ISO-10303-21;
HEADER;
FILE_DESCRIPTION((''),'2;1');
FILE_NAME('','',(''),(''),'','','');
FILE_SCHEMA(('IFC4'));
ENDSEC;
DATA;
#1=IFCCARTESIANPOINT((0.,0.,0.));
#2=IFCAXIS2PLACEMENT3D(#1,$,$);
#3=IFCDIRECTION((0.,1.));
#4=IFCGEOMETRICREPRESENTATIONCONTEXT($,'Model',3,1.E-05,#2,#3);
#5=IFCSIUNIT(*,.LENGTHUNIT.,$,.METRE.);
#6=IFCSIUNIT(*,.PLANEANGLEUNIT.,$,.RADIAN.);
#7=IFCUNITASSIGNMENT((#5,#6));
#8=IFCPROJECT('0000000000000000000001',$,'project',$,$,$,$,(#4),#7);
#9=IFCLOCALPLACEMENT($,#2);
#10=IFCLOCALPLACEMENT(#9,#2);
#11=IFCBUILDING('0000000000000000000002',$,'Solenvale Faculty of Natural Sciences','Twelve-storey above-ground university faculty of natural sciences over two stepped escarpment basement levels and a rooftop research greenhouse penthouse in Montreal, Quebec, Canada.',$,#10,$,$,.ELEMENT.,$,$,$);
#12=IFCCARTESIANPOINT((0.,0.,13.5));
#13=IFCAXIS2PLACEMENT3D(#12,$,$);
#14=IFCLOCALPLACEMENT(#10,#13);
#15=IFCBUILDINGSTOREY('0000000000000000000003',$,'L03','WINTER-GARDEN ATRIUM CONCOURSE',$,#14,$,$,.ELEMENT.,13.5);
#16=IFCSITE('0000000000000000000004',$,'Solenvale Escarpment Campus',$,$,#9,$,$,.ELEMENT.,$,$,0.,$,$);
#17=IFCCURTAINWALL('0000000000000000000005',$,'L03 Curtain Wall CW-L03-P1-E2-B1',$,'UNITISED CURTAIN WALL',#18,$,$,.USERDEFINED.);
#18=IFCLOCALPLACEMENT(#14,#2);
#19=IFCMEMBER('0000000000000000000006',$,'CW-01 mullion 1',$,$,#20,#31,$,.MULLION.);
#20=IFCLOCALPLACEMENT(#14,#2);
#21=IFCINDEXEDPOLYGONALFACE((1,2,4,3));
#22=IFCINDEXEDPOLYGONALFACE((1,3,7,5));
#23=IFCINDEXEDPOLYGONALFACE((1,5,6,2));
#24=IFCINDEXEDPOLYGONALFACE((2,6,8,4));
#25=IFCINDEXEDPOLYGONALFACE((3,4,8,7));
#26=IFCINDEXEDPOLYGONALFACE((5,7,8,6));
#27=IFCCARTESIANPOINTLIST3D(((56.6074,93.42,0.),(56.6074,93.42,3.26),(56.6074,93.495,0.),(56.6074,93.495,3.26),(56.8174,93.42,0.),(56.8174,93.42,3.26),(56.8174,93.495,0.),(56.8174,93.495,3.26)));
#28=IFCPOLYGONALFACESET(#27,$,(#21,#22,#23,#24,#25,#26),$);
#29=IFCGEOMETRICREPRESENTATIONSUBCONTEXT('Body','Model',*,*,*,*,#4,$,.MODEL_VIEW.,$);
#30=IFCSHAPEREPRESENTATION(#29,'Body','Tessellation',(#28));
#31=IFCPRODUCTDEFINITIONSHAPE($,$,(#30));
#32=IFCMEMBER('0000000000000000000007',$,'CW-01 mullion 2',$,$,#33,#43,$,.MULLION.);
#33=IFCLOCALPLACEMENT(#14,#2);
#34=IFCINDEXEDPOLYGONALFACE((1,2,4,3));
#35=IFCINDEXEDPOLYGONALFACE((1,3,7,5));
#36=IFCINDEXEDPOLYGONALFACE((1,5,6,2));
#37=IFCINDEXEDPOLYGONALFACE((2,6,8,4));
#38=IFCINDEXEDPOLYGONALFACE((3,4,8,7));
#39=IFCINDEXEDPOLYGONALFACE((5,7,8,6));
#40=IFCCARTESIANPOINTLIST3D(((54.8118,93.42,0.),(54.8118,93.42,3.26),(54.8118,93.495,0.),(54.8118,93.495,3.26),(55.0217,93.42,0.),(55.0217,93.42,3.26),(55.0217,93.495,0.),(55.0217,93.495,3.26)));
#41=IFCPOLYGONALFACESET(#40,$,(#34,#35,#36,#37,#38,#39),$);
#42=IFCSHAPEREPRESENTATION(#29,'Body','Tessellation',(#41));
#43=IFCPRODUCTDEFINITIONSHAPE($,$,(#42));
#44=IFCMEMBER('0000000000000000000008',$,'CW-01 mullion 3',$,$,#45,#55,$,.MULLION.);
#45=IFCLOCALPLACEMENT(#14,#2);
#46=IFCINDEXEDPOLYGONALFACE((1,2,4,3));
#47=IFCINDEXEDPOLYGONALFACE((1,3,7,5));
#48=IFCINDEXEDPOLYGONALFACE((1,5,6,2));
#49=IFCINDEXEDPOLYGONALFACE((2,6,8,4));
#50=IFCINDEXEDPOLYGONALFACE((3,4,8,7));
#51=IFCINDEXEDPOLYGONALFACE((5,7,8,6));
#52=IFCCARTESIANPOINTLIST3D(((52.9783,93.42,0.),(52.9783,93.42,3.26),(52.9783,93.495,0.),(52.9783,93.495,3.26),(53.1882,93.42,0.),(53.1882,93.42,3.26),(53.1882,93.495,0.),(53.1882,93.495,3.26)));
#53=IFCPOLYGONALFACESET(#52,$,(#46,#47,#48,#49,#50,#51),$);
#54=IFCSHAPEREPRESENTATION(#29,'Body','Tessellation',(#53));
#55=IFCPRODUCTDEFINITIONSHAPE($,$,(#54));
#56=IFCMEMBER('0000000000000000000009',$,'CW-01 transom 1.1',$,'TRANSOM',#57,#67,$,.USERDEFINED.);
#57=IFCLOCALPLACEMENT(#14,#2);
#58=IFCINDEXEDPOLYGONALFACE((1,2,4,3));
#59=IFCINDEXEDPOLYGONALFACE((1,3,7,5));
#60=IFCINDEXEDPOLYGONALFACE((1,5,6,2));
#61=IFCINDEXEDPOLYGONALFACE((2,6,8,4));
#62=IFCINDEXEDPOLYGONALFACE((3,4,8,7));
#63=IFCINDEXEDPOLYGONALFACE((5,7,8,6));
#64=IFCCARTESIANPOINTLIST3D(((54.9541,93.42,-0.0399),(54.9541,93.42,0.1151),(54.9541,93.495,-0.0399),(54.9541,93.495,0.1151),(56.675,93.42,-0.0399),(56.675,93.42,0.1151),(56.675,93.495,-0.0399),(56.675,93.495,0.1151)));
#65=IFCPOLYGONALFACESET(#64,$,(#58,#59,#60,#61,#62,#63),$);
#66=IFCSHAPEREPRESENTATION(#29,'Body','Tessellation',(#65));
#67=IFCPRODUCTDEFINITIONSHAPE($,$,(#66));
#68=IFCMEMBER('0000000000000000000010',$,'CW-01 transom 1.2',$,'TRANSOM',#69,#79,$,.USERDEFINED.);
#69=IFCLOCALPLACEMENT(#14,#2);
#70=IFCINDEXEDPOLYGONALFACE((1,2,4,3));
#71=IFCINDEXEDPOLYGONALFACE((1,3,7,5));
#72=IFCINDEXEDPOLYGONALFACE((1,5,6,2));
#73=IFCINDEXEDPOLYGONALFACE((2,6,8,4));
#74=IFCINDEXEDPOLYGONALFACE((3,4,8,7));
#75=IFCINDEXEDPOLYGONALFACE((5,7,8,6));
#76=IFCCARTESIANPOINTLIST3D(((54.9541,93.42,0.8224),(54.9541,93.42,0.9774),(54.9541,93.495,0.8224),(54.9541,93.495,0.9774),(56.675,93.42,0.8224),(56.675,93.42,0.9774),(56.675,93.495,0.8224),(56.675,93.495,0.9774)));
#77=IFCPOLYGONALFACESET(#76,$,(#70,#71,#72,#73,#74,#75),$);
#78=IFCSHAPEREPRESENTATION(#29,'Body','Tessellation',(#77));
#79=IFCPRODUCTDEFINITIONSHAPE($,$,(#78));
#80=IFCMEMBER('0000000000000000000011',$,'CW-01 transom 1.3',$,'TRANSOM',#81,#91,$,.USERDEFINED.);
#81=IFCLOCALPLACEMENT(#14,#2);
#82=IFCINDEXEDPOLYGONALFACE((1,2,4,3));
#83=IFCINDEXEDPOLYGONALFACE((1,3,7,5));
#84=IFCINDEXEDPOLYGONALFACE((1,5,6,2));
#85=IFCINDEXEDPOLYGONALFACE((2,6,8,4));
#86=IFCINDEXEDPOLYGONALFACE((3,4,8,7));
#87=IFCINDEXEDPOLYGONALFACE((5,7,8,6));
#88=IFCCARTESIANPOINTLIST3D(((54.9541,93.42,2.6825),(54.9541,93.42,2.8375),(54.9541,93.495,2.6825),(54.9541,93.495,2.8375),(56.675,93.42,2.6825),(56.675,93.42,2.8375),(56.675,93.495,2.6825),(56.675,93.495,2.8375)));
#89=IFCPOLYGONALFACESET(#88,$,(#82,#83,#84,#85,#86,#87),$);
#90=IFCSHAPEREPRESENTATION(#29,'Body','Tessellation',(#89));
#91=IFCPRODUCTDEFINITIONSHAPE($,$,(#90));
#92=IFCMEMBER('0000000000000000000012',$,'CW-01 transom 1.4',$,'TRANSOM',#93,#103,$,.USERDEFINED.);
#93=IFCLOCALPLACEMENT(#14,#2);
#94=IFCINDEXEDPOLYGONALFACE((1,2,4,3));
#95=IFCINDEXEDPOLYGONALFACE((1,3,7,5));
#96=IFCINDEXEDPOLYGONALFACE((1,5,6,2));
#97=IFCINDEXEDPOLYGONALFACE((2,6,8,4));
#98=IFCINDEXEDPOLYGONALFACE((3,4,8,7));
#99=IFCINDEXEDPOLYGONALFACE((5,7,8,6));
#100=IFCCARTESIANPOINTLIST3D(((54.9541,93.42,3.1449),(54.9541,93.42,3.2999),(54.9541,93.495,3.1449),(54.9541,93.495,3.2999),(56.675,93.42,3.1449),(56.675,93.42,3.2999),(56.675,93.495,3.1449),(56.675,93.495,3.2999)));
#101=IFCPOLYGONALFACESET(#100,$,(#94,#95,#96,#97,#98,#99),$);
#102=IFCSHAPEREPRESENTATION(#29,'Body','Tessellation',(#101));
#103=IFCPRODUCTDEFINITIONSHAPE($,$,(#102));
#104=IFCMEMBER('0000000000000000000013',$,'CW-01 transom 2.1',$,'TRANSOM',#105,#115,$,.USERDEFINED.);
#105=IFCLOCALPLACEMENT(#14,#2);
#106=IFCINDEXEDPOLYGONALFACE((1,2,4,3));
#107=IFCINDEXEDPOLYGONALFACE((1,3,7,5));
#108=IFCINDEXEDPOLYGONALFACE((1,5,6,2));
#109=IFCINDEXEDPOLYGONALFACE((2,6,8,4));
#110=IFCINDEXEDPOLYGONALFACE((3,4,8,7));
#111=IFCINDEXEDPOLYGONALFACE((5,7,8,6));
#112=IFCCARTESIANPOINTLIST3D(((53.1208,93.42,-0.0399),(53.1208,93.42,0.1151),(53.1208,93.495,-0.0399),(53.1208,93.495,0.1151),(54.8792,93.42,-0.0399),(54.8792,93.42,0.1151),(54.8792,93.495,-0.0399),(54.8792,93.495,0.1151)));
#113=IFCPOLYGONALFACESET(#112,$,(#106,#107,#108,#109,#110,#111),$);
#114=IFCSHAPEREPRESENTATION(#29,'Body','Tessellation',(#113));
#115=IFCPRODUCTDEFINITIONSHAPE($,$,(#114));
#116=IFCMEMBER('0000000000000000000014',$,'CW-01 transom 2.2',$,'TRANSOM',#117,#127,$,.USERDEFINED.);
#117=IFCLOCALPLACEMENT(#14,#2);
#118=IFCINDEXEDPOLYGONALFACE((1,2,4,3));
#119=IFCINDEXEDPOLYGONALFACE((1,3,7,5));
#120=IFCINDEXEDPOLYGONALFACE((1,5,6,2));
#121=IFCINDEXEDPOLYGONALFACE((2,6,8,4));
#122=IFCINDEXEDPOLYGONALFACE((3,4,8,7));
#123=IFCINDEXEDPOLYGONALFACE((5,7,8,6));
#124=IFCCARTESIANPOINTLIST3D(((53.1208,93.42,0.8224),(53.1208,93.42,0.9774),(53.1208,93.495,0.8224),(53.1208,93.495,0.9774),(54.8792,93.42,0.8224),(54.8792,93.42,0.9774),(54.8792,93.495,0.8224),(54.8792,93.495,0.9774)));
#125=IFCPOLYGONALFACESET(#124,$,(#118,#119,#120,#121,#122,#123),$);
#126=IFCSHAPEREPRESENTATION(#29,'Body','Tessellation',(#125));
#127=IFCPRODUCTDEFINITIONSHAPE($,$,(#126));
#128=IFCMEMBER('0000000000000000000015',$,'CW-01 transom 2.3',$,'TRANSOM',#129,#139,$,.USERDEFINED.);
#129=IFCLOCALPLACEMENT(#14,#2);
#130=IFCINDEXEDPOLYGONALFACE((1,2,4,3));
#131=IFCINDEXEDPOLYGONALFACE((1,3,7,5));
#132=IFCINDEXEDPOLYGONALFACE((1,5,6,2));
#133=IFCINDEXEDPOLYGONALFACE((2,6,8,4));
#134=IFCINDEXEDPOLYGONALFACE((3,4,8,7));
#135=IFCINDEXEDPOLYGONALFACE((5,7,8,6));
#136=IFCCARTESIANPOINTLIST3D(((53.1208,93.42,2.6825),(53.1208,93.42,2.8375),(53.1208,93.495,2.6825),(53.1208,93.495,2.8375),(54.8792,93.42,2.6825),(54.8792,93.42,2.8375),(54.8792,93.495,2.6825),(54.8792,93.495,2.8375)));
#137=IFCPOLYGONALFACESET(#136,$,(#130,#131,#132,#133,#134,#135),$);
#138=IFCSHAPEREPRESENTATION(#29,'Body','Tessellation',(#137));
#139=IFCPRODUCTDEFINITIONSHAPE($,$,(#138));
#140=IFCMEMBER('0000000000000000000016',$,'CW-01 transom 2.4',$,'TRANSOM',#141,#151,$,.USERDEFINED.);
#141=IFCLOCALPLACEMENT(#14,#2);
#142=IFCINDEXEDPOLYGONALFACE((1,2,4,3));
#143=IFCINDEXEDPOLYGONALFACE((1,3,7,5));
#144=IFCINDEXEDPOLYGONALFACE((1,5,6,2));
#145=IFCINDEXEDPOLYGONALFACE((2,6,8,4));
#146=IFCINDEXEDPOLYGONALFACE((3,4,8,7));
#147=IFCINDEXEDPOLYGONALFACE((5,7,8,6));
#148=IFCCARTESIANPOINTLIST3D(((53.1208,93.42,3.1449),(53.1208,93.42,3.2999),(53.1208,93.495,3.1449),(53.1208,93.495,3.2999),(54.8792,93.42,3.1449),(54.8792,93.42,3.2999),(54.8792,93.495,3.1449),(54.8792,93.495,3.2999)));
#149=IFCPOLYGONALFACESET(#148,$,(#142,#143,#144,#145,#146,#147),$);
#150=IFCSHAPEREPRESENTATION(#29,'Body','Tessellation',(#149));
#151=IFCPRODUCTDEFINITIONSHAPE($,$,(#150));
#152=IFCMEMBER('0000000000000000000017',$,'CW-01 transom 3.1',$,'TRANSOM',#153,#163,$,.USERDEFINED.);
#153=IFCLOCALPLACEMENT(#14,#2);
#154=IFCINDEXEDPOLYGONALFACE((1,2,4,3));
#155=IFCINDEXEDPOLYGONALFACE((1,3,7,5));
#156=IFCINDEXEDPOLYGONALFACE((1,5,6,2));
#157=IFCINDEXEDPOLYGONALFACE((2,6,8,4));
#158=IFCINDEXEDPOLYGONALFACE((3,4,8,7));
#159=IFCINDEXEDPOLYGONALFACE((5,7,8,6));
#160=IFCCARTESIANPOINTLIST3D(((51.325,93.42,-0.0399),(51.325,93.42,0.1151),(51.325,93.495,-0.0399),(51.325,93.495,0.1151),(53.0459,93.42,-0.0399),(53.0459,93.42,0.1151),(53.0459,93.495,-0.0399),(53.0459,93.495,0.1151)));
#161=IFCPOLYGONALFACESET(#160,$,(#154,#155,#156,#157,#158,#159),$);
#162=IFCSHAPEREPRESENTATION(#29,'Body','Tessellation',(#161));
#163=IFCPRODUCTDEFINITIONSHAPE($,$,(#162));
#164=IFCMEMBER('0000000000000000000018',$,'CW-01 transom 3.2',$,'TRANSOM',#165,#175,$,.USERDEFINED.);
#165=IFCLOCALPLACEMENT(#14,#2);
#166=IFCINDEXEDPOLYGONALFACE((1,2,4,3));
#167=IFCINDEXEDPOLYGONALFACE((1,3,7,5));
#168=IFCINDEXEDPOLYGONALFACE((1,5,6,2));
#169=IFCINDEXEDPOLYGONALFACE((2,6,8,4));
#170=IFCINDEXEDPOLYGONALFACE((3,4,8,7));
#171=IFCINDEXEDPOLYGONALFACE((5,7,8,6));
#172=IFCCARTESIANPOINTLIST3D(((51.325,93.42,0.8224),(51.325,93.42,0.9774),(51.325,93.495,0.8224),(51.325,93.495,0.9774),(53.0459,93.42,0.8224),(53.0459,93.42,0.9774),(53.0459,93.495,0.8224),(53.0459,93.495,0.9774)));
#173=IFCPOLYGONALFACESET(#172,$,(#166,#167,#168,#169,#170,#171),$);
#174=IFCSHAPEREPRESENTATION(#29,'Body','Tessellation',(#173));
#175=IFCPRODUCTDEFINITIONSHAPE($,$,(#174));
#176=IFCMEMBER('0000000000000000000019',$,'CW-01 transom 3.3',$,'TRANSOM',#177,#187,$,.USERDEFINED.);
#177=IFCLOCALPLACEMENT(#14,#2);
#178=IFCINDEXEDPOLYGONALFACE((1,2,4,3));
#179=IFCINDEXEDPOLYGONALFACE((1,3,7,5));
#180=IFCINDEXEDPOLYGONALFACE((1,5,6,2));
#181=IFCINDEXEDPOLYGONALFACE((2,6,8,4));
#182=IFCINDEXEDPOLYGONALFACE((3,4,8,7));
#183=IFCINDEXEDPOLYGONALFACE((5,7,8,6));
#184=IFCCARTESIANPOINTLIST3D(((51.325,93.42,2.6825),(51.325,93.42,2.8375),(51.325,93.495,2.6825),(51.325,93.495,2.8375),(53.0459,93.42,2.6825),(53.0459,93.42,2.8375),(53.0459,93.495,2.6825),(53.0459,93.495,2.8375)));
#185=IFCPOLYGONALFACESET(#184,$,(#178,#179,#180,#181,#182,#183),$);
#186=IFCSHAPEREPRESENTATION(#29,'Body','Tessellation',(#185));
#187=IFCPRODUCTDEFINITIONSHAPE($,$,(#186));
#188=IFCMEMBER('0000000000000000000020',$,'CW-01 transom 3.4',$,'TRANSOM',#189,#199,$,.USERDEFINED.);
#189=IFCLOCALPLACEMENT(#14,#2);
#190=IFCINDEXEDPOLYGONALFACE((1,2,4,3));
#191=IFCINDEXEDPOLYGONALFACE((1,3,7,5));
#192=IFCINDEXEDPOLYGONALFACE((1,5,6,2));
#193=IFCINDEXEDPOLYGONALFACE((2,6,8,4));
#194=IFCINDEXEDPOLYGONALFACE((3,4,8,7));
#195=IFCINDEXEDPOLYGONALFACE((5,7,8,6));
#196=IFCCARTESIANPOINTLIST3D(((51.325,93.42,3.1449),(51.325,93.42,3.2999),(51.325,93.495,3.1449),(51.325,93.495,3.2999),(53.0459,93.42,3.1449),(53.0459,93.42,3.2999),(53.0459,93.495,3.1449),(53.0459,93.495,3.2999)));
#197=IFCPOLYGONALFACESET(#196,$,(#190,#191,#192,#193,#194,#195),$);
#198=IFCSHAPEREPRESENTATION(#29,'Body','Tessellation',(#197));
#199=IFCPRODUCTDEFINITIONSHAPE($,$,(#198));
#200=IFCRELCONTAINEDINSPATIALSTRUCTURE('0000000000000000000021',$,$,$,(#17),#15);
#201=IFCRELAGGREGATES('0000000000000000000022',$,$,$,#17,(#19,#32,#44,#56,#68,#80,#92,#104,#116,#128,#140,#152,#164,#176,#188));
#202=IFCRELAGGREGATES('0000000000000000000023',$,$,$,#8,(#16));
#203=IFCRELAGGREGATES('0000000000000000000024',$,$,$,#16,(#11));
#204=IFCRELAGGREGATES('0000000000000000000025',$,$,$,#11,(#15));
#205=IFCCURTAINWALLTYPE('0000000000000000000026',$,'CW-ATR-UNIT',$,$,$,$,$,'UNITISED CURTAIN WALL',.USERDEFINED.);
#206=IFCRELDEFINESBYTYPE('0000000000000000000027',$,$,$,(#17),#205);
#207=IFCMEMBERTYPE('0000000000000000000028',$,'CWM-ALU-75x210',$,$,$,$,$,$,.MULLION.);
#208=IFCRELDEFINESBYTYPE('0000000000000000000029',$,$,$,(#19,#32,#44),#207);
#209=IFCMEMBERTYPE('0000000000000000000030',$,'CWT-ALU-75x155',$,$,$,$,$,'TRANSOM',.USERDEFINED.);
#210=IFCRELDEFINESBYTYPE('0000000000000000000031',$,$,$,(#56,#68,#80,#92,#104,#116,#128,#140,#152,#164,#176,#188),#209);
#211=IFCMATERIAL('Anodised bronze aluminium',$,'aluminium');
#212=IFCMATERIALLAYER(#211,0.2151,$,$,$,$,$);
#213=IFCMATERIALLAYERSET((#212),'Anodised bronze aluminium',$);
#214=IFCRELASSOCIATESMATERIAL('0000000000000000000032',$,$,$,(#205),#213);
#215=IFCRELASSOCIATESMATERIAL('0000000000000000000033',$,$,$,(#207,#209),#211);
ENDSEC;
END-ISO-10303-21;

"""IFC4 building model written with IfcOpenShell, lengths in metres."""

from ifc_helpers import new_model, si_unit, direction, frame, origin, origin_2d, place, context, subcontext, project, spatial, rectangle, extrude, material, layer, layer_set, material_profile, profile_set, type_object, element, aggregate, save


model = new_model("IFC4")

# Units and contexts
model_context = context("Model", 3, precision=1e-05, world=origin(), true_north=direction((0.0, 1.0)))
body_context = subcontext(model_context, "Body", "Model", "MODEL_VIEW")
ifc_project = project(units=[si_unit("LENGTHUNIT", "METRE"), si_unit("PLANEANGLEUNIT", "RADIAN")], contexts=[model_context])

# Site, building, storey
site_placement = place(None, origin())
site = spatial("IfcSite", under=ifc_project, at=site_placement, Name="Solenvale Escarpment Campus", CompositionType="ELEMENT", RefElevation=0.0)
building_placement = place(site_placement, origin())
building = spatial("IfcBuilding", under=site, at=building_placement, Name="Solenvale Faculty of Natural Sciences", Description="Twelve-storey above-ground university faculty of natural sciences over two stepped escarpment basement levels and a rooftop research greenhouse penthouse in Montreal, Quebec, Canada.", CompositionType="ELEMENT")
storey_placement = place(building_placement, frame((0.0, 0.0, 13.5)))
storey = spatial("IfcBuildingStorey", under=building, at=storey_placement, Name="L03", Description="WINTER-GARDEN ATRIUM CONCOURSE", CompositionType="ELEMENT", Elevation=13.5)

# Curtain wall, members
ifc_material = material(Name="Anodised bronze aluminium", Category="aluminium")
ifc_layer_1 = layer(ifc_material, 0.2151)
ifc_layer_set_1 = layer_set([ifc_layer_1], Name="Anodised bronze aluminium")
curtain_wall_type = type_object("IfcCurtainWallType", Name="CW-ATR-UNIT", ElementType="UNITISED CURTAIN WALL", PredefinedType="USERDEFINED", material=ifc_layer_set_1)
curtain_wall_1_placement = place(storey_placement, origin())
curtain_wall_1 = element("IfcCurtainWall", 1, at=curtain_wall_1_placement, inside=storey, type_object=curtain_wall_type, Name="L03 Curtain Wall CW-L03-P1-E2-B1", ObjectType="UNITISED CURTAIN WALL", PredefinedType="USERDEFINED")
ifc_material_profile_1 = material_profile(ifc_material, rectangle(XDim=0.075, YDim=0.21, at=origin_2d()), Name="ALU-MUL-75x210")
ifc_profile_set_1 = profile_set([ifc_material_profile_1], Name="Anodised bronze aluminium")
member_type_1 = type_object("IfcMemberType", Name="CWM-ALU-75x210", PredefinedType="MULLION", material=ifc_profile_set_1)
member_1_placement = place(storey_placement, frame((56.7124, 93.4575, 0.0), z_axis=(0.0, 0.0, 1.0), x_axis=(0.0, -1.0, 0.0)))
member_1 = element("IfcMember", 2, at=member_1_placement, type_object=member_type_1, Name="CW-01 mullion 1", PredefinedType="MULLION", context=body_context, shape_type="SweptSolid", body=[
    extrude(rectangle(XDim=0.075, YDim=0.21, at=origin_2d()), origin(), (0.0, 0.0, 1.0), 3.26),
])
member_2_placement = place(storey_placement, frame((54.9167, 93.4575, 0.0), z_axis=(0.0, 0.0, 1.0), x_axis=(0.0, -1.0, 0.0)))
member_2 = element("IfcMember", 3, at=member_2_placement, type_object=member_type_1, Name="CW-01 mullion 2", PredefinedType="MULLION", context=body_context, shape_type="SweptSolid", body=[
    extrude(rectangle(XDim=0.075, YDim=0.21, at=origin_2d()), origin(), (0.0, 0.0, 1.0), 3.26),
])
member_3_placement = place(storey_placement, frame((53.0833, 93.4575, 0.0), z_axis=(0.0, 0.0, 1.0), x_axis=(0.0, -1.0, 0.0)))
member_3 = element("IfcMember", 4, at=member_3_placement, type_object=member_type_1, Name="CW-01 mullion 3", PredefinedType="MULLION", context=body_context, shape_type="SweptSolid", body=[
    extrude(rectangle(XDim=0.075, YDim=0.21, at=origin_2d()), origin(), (0.0, 0.0, 1.0), 3.26),
])
ifc_material_profile_2 = material_profile(ifc_material, rectangle(XDim=0.075, YDim=0.155, at=origin_2d()), Name="ALU-TRN-75x155")
ifc_profile_set_2 = profile_set([ifc_material_profile_2], Name="Anodised bronze aluminium")
member_type_2 = type_object("IfcMemberType", Name="CWT-ALU-75x155", ElementType="TRANSOM", PredefinedType="USERDEFINED", material=ifc_profile_set_2)
member_4_placement = place(storey_placement, frame((56.675, 93.4575, 0.0376), z_axis=(-1.0, 0.0, 0.0), x_axis=(0.0, -1.0, 0.0)))
member_4 = element("IfcMember", 5, at=member_4_placement, type_object=member_type_2, Name="CW-01 transom 1.1", ObjectType="TRANSOM", PredefinedType="USERDEFINED", context=body_context, shape_type="SweptSolid", body=[
    extrude(rectangle(XDim=0.075, YDim=0.155, at=origin_2d()), origin(), (0.0, 0.0, 1.0), 1.7209),
])
member_5_placement = place(storey_placement, frame((56.675, 93.4575, 0.8999), z_axis=(-1.0, 0.0, 0.0), x_axis=(0.0, -1.0, 0.0)))
member_5 = element("IfcMember", 6, at=member_5_placement, type_object=member_type_2, Name="CW-01 transom 1.2", ObjectType="TRANSOM", PredefinedType="USERDEFINED", context=body_context, shape_type="SweptSolid", body=[
    extrude(rectangle(XDim=0.075, YDim=0.155, at=origin_2d()), origin(), (0.0, 0.0, 1.0), 1.7209),
])
member_6_placement = place(storey_placement, frame((56.675, 93.4575, 2.76), z_axis=(-1.0, 0.0, 0.0), x_axis=(0.0, -1.0, 0.0)))
member_6 = element("IfcMember", 7, at=member_6_placement, type_object=member_type_2, Name="CW-01 transom 1.3", ObjectType="TRANSOM", PredefinedType="USERDEFINED", context=body_context, shape_type="SweptSolid", body=[
    extrude(rectangle(XDim=0.075, YDim=0.155, at=origin_2d()), origin(), (0.0, 0.0, 1.0), 1.7209),
])
member_7_placement = place(storey_placement, frame((56.675, 93.4575, 3.2224), z_axis=(-1.0, 0.0, 0.0), x_axis=(0.0, -1.0, 0.0)))
member_7 = element("IfcMember", 8, at=member_7_placement, type_object=member_type_2, Name="CW-01 transom 1.4", ObjectType="TRANSOM", PredefinedType="USERDEFINED", context=body_context, shape_type="SweptSolid", body=[
    extrude(rectangle(XDim=0.075, YDim=0.155, at=origin_2d()), origin(), (0.0, 0.0, 1.0), 1.7209),
])
member_8_placement = place(storey_placement, frame((54.8792, 93.4575, 0.0376), z_axis=(-1.0, 0.0, 0.0), x_axis=(0.0, -1.0, 0.0)))
member_8 = element("IfcMember", 9, at=member_8_placement, type_object=member_type_2, Name="CW-01 transom 2.1", ObjectType="TRANSOM", PredefinedType="USERDEFINED", context=body_context, shape_type="SweptSolid", body=[
    extrude(rectangle(XDim=0.075, YDim=0.155, at=origin_2d()), origin(), (0.0, 0.0, 1.0), 1.7583),
])
member_9_placement = place(storey_placement, frame((54.8792, 93.4575, 0.8999), z_axis=(-1.0, 0.0, 0.0), x_axis=(0.0, -1.0, 0.0)))
member_9 = element("IfcMember", 10, at=member_9_placement, type_object=member_type_2, Name="CW-01 transom 2.2", ObjectType="TRANSOM", PredefinedType="USERDEFINED", context=body_context, shape_type="SweptSolid", body=[
    extrude(rectangle(XDim=0.075, YDim=0.155, at=origin_2d()), origin(), (0.0, 0.0, 1.0), 1.7583),
])
member_10_placement = place(storey_placement, frame((54.8792, 93.4575, 2.76), z_axis=(-1.0, 0.0, 0.0), x_axis=(0.0, -1.0, 0.0)))
member_10 = element("IfcMember", 11, at=member_10_placement, type_object=member_type_2, Name="CW-01 transom 2.3", ObjectType="TRANSOM", PredefinedType="USERDEFINED", context=body_context, shape_type="SweptSolid", body=[
    extrude(rectangle(XDim=0.075, YDim=0.155, at=origin_2d()), origin(), (0.0, 0.0, 1.0), 1.7583),
])
member_11_placement = place(storey_placement, frame((54.8792, 93.4575, 3.2224), z_axis=(-1.0, 0.0, 0.0), x_axis=(0.0, -1.0, 0.0)))
member_11 = element("IfcMember", 12, at=member_11_placement, type_object=member_type_2, Name="CW-01 transom 2.4", ObjectType="TRANSOM", PredefinedType="USERDEFINED", context=body_context, shape_type="SweptSolid", body=[
    extrude(rectangle(XDim=0.075, YDim=0.155, at=origin_2d()), origin(), (0.0, 0.0, 1.0), 1.7583),
])
member_12_placement = place(storey_placement, frame((53.0459, 93.4575, 0.0376), z_axis=(-1.0, 0.0, 0.0), x_axis=(0.0, -1.0, 0.0)))
member_12 = element("IfcMember", 13, at=member_12_placement, type_object=member_type_2, Name="CW-01 transom 3.1", ObjectType="TRANSOM", PredefinedType="USERDEFINED", context=body_context, shape_type="SweptSolid", body=[
    extrude(rectangle(XDim=0.075, YDim=0.155, at=origin_2d()), origin(), (0.0, 0.0, 1.0), 1.7209),
])
member_13_placement = place(storey_placement, frame((53.0459, 93.4575, 0.8999), z_axis=(-1.0, 0.0, 0.0), x_axis=(0.0, -1.0, 0.0)))
member_13 = element("IfcMember", 14, at=member_13_placement, type_object=member_type_2, Name="CW-01 transom 3.2", ObjectType="TRANSOM", PredefinedType="USERDEFINED", context=body_context, shape_type="SweptSolid", body=[
    extrude(rectangle(XDim=0.075, YDim=0.155, at=origin_2d()), origin(), (0.0, 0.0, 1.0), 1.7209),
])
member_14_placement = place(storey_placement, frame((53.0459, 93.4575, 2.76), z_axis=(-1.0, 0.0, 0.0), x_axis=(0.0, -1.0, 0.0)))
member_14 = element("IfcMember", 15, at=member_14_placement, type_object=member_type_2, Name="CW-01 transom 3.3", ObjectType="TRANSOM", PredefinedType="USERDEFINED", context=body_context, shape_type="SweptSolid", body=[
    extrude(rectangle(XDim=0.075, YDim=0.155, at=origin_2d()), origin(), (0.0, 0.0, 1.0), 1.7209),
])
member_15_placement = place(storey_placement, frame((53.0459, 93.4575, 3.2224), z_axis=(-1.0, 0.0, 0.0), x_axis=(0.0, -1.0, 0.0)))
member_15 = element("IfcMember", 16, at=member_15_placement, type_object=member_type_2, Name="CW-01 transom 3.4", ObjectType="TRANSOM", PredefinedType="USERDEFINED", context=body_context, shape_type="SweptSolid", body=[
    extrude(rectangle(XDim=0.075, YDim=0.155, at=origin_2d()), origin(), (0.0, 0.0, 1.0), 1.7209),
])

aggregate(curtain_wall_1, [member_1, member_2, member_3, member_4, member_5, member_6, member_7, member_8, member_9, member_10, member_11, member_12, member_13, member_14, member_15])

save(model, "model.ifc")
